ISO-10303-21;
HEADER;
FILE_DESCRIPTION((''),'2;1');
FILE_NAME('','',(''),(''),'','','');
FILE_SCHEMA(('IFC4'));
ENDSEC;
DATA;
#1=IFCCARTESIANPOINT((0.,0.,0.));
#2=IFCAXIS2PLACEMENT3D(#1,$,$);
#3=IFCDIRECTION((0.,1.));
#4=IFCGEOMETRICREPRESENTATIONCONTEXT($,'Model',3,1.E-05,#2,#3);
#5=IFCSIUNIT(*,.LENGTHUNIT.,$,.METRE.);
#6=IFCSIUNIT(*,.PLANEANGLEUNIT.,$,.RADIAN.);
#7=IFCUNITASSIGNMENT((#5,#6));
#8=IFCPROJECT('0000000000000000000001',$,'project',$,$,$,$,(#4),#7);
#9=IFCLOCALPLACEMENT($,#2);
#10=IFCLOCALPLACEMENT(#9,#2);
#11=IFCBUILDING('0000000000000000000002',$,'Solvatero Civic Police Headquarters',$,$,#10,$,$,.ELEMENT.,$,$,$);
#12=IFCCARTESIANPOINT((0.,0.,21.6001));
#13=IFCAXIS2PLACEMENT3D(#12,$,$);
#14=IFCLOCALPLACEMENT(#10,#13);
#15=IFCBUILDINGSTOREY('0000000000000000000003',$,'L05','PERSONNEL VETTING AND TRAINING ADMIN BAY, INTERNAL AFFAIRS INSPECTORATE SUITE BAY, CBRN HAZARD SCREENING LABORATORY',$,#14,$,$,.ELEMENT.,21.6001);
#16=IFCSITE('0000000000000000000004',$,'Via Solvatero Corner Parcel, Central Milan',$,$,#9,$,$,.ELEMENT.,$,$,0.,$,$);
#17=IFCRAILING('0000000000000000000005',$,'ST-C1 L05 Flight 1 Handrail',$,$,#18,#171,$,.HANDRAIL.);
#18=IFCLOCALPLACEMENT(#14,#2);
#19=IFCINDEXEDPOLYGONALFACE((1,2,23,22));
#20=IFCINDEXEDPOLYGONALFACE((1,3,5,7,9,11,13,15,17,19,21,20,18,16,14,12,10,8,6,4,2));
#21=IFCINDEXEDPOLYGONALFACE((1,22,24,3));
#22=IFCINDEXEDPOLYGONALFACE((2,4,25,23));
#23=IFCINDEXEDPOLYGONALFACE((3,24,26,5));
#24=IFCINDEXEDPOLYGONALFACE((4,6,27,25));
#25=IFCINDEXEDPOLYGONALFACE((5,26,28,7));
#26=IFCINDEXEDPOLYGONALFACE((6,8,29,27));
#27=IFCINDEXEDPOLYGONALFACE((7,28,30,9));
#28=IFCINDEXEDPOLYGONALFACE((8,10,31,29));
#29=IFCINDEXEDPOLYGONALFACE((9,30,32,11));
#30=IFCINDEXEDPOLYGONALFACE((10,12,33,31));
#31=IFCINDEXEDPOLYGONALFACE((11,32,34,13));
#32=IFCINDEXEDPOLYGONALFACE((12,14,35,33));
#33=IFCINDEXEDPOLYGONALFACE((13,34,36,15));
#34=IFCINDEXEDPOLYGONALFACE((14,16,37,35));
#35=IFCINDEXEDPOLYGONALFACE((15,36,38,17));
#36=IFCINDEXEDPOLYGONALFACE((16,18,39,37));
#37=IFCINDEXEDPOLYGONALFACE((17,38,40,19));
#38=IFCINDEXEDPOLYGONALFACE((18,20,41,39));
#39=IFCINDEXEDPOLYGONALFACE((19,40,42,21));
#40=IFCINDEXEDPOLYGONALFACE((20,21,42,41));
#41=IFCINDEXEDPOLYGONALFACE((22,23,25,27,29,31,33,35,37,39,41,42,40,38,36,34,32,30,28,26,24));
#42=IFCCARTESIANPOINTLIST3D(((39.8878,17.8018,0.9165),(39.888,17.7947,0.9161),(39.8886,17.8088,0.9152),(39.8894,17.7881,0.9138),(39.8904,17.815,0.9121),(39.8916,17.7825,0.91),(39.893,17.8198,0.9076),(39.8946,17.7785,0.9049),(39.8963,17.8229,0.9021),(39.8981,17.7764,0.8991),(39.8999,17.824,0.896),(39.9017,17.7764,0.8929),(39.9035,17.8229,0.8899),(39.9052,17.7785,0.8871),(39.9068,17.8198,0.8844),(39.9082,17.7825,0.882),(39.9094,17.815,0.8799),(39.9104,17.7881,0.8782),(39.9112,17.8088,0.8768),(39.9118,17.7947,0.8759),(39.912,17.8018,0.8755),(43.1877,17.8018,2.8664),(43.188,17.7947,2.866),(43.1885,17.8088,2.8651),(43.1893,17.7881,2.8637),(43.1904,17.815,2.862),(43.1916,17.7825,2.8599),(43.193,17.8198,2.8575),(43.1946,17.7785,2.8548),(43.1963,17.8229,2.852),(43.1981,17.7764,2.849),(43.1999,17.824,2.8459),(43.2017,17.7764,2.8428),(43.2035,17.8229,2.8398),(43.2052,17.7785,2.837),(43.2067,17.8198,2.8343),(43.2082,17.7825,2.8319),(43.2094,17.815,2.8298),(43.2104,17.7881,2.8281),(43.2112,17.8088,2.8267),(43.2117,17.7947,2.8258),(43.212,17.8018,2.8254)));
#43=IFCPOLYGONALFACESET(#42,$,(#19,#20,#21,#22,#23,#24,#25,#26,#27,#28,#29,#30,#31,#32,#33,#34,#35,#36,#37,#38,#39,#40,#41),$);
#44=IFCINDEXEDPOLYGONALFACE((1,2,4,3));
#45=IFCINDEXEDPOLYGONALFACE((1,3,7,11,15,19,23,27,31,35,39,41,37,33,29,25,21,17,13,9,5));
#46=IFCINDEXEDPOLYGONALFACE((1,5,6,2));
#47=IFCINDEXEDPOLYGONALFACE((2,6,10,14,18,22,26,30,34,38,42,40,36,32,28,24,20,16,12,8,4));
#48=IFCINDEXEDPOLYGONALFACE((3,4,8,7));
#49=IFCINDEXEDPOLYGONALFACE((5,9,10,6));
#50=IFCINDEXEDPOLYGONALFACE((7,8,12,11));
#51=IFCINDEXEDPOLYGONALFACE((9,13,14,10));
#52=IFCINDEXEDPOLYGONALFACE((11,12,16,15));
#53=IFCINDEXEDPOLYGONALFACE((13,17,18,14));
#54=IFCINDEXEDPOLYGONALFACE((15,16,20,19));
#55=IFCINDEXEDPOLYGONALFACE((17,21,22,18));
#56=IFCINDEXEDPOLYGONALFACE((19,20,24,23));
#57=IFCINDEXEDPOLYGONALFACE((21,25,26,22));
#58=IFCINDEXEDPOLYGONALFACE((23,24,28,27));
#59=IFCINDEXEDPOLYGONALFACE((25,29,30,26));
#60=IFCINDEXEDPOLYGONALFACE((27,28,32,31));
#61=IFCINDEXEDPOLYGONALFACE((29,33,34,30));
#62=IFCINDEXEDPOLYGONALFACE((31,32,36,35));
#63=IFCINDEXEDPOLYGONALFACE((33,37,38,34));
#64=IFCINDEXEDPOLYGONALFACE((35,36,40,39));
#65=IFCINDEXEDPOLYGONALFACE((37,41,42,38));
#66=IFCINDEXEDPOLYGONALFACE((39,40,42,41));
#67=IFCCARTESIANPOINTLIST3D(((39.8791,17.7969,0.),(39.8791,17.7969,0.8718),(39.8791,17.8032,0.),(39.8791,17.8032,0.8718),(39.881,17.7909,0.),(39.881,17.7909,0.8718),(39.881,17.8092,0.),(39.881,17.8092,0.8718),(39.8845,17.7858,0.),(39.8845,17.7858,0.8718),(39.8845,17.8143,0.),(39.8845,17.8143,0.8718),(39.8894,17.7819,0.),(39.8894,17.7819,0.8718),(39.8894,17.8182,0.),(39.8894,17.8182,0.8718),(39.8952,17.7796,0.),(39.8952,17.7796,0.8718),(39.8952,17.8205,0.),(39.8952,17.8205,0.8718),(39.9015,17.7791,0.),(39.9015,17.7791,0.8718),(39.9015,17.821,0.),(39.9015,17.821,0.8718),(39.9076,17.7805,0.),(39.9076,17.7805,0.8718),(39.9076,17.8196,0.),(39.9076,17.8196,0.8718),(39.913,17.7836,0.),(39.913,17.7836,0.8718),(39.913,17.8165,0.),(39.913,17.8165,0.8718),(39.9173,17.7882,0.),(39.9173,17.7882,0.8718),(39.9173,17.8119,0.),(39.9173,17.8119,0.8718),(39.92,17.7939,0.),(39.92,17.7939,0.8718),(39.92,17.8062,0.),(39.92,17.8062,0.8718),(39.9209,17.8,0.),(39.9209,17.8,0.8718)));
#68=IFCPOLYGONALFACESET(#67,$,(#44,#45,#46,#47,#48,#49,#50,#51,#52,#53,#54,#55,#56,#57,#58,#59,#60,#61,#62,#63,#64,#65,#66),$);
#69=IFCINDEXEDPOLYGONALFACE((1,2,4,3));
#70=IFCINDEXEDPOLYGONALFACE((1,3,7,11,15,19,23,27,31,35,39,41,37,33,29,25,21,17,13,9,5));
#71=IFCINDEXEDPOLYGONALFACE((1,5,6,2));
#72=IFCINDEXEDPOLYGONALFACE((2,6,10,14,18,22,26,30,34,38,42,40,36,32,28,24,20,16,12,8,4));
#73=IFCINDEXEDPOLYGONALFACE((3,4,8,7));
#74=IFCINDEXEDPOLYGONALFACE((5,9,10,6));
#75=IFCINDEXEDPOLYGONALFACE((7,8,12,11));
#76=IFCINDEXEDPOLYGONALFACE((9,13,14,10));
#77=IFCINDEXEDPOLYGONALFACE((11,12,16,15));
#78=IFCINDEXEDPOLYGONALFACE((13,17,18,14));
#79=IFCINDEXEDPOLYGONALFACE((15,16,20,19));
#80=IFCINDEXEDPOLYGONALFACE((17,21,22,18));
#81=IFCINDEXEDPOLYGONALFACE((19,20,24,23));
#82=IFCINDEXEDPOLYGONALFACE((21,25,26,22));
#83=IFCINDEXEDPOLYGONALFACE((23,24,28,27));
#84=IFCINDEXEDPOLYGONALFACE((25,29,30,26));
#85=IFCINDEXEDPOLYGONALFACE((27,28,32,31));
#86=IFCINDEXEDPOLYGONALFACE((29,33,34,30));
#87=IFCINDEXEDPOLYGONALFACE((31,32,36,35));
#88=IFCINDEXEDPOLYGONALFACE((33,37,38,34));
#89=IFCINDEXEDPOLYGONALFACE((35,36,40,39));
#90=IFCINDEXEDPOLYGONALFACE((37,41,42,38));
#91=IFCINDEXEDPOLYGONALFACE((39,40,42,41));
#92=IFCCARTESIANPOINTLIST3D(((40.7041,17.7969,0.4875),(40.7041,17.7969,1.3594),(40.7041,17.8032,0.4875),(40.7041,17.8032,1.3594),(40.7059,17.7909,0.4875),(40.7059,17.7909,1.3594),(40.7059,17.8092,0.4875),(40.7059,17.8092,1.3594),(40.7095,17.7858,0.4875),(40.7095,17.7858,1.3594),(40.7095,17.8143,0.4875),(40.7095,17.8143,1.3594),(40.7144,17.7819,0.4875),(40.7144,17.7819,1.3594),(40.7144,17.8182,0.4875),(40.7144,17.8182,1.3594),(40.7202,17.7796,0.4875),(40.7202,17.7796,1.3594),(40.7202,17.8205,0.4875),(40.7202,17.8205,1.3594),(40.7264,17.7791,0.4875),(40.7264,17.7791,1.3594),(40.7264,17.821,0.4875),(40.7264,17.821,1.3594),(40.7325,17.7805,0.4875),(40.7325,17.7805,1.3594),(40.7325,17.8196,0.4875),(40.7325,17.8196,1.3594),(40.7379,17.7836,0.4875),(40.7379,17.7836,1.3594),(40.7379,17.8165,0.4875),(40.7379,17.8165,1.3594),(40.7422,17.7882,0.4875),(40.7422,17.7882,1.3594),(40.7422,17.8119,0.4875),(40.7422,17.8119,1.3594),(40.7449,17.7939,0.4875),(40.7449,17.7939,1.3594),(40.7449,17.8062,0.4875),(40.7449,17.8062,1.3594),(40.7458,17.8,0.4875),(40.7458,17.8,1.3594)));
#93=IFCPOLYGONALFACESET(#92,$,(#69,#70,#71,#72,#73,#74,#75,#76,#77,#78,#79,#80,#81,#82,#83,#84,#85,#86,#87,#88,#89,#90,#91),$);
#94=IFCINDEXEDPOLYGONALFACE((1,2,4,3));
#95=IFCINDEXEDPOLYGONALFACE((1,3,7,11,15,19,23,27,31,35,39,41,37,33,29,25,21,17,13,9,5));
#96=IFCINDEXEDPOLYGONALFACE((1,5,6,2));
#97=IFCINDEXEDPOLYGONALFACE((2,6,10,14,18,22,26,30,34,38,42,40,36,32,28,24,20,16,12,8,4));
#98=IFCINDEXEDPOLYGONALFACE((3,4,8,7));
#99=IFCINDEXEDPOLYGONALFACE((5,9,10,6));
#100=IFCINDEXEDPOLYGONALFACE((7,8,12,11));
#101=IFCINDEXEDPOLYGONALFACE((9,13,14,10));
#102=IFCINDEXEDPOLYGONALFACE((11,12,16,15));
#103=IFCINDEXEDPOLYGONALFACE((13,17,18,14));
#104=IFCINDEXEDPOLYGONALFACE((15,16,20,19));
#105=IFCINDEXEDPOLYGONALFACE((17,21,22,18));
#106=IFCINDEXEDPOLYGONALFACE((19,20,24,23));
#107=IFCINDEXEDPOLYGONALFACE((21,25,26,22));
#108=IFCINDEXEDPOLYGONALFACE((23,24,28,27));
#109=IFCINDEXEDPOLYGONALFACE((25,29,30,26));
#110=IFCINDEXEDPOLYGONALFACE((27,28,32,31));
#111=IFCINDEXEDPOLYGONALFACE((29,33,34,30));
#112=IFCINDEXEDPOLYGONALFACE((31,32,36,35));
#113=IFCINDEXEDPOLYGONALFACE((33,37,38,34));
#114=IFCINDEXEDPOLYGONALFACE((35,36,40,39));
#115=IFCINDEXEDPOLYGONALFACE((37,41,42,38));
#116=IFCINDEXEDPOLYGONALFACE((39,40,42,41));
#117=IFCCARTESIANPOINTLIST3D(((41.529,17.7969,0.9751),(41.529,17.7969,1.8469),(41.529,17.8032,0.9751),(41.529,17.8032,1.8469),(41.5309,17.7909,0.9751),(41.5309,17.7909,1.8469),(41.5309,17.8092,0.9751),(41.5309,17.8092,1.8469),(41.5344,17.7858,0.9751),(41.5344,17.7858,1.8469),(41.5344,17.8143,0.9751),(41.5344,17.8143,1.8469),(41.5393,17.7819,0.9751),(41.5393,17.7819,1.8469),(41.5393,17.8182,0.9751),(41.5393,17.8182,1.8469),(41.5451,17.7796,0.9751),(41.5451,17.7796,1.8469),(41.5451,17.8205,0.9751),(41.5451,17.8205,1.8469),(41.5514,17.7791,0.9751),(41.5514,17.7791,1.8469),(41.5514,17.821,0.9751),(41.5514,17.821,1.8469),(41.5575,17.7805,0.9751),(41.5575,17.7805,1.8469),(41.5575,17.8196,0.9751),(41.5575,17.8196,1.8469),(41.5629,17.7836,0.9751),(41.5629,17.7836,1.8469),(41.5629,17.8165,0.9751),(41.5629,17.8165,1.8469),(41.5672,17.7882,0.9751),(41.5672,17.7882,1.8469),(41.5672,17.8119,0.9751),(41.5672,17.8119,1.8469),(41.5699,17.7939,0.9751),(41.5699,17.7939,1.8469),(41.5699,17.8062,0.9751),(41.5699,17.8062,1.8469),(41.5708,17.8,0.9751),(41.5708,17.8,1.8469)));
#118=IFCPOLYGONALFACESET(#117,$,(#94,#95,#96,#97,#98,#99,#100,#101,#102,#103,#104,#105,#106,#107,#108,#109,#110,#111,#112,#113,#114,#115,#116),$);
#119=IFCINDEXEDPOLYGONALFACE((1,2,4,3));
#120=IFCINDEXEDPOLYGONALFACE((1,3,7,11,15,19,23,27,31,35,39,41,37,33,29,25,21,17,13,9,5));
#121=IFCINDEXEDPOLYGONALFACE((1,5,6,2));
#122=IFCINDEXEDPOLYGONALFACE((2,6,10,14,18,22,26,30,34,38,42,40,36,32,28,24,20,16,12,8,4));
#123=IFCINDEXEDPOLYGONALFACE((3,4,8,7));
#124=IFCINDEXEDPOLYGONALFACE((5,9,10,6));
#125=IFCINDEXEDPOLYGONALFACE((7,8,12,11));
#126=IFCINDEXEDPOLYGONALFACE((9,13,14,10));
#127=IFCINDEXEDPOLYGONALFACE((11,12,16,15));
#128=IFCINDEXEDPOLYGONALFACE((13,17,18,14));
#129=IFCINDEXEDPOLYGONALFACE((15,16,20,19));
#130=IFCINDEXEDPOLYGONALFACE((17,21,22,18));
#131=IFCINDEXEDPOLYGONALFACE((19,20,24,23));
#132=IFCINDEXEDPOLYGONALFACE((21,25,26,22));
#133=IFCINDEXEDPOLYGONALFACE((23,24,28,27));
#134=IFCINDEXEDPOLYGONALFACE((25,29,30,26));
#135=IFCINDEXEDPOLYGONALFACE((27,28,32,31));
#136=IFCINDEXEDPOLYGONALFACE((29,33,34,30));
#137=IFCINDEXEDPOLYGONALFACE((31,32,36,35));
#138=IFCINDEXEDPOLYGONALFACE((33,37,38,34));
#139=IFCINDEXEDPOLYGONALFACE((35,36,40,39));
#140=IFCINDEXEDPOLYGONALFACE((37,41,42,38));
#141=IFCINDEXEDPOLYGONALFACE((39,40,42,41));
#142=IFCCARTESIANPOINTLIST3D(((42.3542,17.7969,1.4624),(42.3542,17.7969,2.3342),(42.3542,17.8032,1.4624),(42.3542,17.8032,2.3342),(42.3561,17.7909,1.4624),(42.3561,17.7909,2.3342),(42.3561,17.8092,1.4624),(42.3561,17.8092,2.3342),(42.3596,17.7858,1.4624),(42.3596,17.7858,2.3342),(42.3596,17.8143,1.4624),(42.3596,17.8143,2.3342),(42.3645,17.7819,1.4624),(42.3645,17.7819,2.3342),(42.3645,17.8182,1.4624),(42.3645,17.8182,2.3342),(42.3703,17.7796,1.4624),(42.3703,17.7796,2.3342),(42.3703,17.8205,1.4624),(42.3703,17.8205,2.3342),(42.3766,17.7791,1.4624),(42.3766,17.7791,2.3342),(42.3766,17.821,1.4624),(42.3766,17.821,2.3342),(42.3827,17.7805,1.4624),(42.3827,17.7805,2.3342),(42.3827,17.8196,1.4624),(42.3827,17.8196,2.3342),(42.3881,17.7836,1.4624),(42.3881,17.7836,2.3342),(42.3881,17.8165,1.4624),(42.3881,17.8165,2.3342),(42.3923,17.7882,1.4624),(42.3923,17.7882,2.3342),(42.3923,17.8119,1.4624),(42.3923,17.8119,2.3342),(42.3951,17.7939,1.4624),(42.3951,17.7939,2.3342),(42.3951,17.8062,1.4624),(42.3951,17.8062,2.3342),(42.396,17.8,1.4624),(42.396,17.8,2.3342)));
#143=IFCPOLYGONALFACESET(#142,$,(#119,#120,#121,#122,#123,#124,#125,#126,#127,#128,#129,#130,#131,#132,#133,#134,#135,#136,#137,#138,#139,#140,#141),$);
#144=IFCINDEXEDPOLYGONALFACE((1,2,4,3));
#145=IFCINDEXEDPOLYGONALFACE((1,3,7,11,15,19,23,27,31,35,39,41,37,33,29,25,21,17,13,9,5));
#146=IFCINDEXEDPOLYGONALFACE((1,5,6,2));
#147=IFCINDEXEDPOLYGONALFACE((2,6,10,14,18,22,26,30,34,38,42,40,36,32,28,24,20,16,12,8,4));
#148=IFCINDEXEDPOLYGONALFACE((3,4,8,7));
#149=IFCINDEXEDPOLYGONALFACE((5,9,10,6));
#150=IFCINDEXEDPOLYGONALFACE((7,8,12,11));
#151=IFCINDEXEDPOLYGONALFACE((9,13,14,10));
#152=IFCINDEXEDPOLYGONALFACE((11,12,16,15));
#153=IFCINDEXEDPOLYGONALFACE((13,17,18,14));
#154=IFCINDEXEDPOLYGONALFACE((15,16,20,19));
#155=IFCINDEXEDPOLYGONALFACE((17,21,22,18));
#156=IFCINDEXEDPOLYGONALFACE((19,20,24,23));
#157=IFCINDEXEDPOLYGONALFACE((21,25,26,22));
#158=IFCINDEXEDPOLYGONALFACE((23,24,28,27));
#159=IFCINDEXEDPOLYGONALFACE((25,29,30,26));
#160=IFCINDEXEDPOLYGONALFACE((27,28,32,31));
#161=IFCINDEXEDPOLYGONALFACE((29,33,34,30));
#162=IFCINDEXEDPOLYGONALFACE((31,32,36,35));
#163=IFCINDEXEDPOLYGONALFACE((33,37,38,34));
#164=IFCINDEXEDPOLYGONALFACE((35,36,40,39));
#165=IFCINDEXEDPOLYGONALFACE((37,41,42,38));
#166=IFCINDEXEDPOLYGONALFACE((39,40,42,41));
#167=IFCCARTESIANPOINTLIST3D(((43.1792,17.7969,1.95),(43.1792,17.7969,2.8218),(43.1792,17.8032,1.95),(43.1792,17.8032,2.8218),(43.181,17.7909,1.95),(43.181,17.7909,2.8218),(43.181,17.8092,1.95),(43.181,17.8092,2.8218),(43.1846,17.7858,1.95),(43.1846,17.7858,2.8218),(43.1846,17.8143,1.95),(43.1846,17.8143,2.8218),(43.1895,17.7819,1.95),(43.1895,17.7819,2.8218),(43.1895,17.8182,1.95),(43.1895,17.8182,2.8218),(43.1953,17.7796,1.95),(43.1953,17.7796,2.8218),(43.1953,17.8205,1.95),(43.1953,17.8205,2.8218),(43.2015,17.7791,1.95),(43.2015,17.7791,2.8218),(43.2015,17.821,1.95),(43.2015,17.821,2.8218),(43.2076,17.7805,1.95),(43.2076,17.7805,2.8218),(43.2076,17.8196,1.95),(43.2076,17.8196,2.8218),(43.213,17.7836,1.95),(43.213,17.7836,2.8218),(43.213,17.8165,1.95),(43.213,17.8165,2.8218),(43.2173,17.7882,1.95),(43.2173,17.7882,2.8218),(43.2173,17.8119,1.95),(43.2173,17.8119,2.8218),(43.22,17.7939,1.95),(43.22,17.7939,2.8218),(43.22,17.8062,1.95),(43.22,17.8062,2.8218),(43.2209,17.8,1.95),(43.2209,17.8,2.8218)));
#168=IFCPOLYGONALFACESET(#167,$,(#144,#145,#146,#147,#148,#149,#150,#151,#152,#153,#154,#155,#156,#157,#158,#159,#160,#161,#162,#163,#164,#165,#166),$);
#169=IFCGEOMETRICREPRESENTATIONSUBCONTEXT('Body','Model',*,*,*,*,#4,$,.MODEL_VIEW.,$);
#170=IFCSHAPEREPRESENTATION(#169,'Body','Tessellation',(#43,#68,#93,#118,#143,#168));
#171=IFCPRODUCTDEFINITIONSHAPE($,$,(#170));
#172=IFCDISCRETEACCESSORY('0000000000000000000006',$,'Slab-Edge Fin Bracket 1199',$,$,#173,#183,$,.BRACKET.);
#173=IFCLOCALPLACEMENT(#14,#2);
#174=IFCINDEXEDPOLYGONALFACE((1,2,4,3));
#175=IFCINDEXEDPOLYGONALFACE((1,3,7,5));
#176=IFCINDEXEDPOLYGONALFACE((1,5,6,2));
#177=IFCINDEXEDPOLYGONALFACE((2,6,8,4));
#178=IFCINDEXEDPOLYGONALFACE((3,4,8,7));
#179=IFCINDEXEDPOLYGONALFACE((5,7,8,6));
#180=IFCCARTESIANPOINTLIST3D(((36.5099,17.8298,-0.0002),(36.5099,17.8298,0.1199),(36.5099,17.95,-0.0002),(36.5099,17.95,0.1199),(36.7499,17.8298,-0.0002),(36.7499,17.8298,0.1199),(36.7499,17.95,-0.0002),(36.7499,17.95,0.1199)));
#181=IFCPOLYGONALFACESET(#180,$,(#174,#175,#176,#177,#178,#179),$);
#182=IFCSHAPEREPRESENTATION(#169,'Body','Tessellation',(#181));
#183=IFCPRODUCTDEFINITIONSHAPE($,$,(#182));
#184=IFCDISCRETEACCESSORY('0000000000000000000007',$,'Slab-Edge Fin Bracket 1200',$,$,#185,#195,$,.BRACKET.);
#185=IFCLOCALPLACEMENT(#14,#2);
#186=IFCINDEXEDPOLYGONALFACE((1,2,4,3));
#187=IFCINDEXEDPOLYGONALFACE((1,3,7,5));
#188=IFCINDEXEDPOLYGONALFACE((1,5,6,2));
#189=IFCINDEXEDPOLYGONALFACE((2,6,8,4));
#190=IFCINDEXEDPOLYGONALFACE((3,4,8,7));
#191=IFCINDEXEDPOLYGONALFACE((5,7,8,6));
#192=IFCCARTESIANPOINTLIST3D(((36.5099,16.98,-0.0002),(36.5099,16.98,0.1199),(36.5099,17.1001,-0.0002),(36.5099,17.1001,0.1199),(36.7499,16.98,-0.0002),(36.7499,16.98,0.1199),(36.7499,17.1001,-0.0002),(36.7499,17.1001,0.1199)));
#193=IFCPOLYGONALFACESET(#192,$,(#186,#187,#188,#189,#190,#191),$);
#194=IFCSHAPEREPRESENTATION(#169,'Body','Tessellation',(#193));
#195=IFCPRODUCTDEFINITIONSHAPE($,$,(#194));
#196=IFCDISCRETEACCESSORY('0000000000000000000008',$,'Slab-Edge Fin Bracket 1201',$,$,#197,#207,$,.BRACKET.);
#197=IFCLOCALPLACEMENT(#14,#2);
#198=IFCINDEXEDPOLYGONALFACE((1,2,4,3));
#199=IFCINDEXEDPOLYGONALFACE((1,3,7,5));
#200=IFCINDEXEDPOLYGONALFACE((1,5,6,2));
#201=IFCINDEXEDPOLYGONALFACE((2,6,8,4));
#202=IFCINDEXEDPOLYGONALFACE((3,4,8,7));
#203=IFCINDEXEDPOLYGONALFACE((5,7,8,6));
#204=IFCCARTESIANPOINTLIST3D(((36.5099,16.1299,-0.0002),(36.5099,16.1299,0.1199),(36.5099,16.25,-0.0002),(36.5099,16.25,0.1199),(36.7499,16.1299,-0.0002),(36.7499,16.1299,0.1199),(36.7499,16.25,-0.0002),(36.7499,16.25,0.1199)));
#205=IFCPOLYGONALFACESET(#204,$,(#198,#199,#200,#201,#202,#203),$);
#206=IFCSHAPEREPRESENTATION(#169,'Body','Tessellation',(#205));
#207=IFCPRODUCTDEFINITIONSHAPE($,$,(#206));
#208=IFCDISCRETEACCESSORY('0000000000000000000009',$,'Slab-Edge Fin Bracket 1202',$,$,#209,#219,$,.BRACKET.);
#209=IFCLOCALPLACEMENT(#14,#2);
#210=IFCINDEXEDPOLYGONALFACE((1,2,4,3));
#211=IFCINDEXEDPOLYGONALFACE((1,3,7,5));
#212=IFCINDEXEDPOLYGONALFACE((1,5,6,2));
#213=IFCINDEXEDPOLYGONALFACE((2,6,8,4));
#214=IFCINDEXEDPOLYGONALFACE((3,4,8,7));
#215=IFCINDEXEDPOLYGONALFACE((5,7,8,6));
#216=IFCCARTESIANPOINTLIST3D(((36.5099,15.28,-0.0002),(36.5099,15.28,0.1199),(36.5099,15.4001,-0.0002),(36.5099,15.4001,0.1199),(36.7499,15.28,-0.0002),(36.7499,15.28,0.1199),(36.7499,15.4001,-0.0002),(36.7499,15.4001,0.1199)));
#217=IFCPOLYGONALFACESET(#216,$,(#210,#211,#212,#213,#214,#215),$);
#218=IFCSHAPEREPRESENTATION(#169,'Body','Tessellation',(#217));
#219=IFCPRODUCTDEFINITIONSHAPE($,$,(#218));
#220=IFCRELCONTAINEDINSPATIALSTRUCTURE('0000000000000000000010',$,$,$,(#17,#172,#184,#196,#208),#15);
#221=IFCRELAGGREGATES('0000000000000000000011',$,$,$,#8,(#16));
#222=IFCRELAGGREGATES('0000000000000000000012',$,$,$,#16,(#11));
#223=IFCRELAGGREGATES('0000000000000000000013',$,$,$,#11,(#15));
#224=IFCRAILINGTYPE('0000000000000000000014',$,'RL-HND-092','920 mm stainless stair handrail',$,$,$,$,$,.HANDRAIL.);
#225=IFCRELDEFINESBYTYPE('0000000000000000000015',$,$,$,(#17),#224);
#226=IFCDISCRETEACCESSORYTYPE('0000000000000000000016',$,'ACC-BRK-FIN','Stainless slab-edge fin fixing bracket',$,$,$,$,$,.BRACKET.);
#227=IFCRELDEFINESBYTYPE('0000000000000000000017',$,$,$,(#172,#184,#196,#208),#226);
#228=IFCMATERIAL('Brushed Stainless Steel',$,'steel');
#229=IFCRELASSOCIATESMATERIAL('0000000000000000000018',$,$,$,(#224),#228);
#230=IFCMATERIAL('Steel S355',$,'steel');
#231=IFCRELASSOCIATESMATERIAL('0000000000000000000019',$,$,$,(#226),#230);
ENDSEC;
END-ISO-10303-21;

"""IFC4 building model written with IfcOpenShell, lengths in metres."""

from ifc_helpers import new_model, si_unit, direction, frame, origin, origin_2d, place, context, subcontext, project, spatial, rectangle, circle, extrude, material, type_object, element, save


model = new_model("IFC4")

# Units and contexts
model_context = context("Model", 3, precision=1e-05, world=origin(), true_north=direction((0.0, 1.0)))
body_context = subcontext(model_context, "Body", "Model", "MODEL_VIEW")
ifc_project = project(units=[si_unit("LENGTHUNIT", "METRE"), si_unit("PLANEANGLEUNIT", "RADIAN")], contexts=[model_context])

# Site, building, storey
site_placement = place(None, origin())
site = spatial("IfcSite", under=ifc_project, at=site_placement, Name="Via Solvatero Corner Parcel, Central Milan", CompositionType="ELEMENT", RefElevation=0.0)
building_placement = place(site_placement, origin())
building = spatial("IfcBuilding", under=site, at=building_placement, Name="Solvatero Civic Police Headquarters", CompositionType="ELEMENT")
storey_placement = place(building_placement, frame((0.0, 0.0, 21.6001)))
storey = spatial("IfcBuildingStorey", under=building, at=storey_placement, Name="L05", Description="PERSONNEL VETTING AND TRAINING ADMIN BAY, INTERNAL AFFAIRS INSPECTORATE SUITE BAY, CBRN HAZARD SCREENING LABORATORY", CompositionType="ELEMENT", Elevation=21.6001)

# Railing
ifc_material_1 = material(Name="Brushed Stainless Steel", Category="steel")
railing_type_1 = type_object("IfcRailingType", Name="RL-HND-092", Description="920 mm stainless stair handrail", PredefinedType="HANDRAIL", material=ifc_material_1)
railing_1_placement = place(storey_placement, frame((39.8999, 17.8, 0.0)))
element("IfcRailing", 1, at=railing_1_placement, inside=storey, type_object=railing_type_1, Name="ST-C1 L05 Flight 1 Handrail", PredefinedType="HANDRAIL", context=body_context, shape_type="SweptSolid", body=[
    extrude(circle(Radius=0.0239, at=origin_2d()), frame((0.0, 0.0, 0.896), z_axis=(0.860935, 0.0, 0.508714), x_axis=(0.0, 1.0, 0.0)), (0.0, 0.0, 1.0), 3.833),
    extrude(circle(Radius=0.021, at=origin_2d()), origin(), (0.0, 0.0, 1.0), 0.8718),
    extrude(circle(Radius=0.021, at=origin_2d()), frame((0.825, 0.0, 0.4875)), (0.0, 0.0, 1.0), 0.8718),
    extrude(circle(Radius=0.021, at=origin_2d()), frame((1.6499, 0.0, 0.9751)), (0.0, 0.0, 1.0), 0.8718),
    extrude(circle(Radius=0.021, at=origin_2d()), frame((2.4751, 0.0, 1.4624)), (0.0, 0.0, 1.0), 0.8718),
    extrude(circle(Radius=0.021, at=origin_2d()), frame((3.3, 0.0, 1.95)), (0.0, 0.0, 1.0), 0.8718),
])

# Discrete accessories
ifc_material_2 = material(Name="Steel S355", Category="steel")
discrete_accessory_type = type_object("IfcDiscreteAccessoryType", Name="ACC-BRK-FIN", Description="Stainless slab-edge fin fixing bracket", PredefinedType="BRACKET", material=ifc_material_2)
for number, where, z_axis, x_axis, name in (
    (2, (36.6299, 17.8899, -0.0002), (0.0, 0.0, 1.0), (0.0, -1.0, 0.0), "Slab-Edge Fin Bracket 1199"),
    (3, (36.6299, 17.04, -0.0002), (0.0, 0.0, 1.0), (0.0, -1.0, 0.0), "Slab-Edge Fin Bracket 1200"),
    (4, (36.6299, 16.1899, -0.0002), (0.0, 0.0, 1.0), (0.0, -1.0, 0.0), "Slab-Edge Fin Bracket 1201"),
    (5, (36.6299, 15.3401, -0.0002), (0.0, 0.0, 1.0), (0.0, -1.0, 0.0), "Slab-Edge Fin Bracket 1202"),
):
    element("IfcDiscreteAccessory", number, at=place(storey_placement, frame(where, z_axis=z_axis, x_axis=x_axis)), inside=storey, type_object=discrete_accessory_type, Name=name, PredefinedType="BRACKET", context=body_context, shape_type="SweptSolid", body=[
        extrude(rectangle(XDim=0.1201, YDim=0.24, at=origin_2d()), origin(), (0.0, 0.0, 1.0), 0.1201),
    ])

save(model, "model.ifc")
